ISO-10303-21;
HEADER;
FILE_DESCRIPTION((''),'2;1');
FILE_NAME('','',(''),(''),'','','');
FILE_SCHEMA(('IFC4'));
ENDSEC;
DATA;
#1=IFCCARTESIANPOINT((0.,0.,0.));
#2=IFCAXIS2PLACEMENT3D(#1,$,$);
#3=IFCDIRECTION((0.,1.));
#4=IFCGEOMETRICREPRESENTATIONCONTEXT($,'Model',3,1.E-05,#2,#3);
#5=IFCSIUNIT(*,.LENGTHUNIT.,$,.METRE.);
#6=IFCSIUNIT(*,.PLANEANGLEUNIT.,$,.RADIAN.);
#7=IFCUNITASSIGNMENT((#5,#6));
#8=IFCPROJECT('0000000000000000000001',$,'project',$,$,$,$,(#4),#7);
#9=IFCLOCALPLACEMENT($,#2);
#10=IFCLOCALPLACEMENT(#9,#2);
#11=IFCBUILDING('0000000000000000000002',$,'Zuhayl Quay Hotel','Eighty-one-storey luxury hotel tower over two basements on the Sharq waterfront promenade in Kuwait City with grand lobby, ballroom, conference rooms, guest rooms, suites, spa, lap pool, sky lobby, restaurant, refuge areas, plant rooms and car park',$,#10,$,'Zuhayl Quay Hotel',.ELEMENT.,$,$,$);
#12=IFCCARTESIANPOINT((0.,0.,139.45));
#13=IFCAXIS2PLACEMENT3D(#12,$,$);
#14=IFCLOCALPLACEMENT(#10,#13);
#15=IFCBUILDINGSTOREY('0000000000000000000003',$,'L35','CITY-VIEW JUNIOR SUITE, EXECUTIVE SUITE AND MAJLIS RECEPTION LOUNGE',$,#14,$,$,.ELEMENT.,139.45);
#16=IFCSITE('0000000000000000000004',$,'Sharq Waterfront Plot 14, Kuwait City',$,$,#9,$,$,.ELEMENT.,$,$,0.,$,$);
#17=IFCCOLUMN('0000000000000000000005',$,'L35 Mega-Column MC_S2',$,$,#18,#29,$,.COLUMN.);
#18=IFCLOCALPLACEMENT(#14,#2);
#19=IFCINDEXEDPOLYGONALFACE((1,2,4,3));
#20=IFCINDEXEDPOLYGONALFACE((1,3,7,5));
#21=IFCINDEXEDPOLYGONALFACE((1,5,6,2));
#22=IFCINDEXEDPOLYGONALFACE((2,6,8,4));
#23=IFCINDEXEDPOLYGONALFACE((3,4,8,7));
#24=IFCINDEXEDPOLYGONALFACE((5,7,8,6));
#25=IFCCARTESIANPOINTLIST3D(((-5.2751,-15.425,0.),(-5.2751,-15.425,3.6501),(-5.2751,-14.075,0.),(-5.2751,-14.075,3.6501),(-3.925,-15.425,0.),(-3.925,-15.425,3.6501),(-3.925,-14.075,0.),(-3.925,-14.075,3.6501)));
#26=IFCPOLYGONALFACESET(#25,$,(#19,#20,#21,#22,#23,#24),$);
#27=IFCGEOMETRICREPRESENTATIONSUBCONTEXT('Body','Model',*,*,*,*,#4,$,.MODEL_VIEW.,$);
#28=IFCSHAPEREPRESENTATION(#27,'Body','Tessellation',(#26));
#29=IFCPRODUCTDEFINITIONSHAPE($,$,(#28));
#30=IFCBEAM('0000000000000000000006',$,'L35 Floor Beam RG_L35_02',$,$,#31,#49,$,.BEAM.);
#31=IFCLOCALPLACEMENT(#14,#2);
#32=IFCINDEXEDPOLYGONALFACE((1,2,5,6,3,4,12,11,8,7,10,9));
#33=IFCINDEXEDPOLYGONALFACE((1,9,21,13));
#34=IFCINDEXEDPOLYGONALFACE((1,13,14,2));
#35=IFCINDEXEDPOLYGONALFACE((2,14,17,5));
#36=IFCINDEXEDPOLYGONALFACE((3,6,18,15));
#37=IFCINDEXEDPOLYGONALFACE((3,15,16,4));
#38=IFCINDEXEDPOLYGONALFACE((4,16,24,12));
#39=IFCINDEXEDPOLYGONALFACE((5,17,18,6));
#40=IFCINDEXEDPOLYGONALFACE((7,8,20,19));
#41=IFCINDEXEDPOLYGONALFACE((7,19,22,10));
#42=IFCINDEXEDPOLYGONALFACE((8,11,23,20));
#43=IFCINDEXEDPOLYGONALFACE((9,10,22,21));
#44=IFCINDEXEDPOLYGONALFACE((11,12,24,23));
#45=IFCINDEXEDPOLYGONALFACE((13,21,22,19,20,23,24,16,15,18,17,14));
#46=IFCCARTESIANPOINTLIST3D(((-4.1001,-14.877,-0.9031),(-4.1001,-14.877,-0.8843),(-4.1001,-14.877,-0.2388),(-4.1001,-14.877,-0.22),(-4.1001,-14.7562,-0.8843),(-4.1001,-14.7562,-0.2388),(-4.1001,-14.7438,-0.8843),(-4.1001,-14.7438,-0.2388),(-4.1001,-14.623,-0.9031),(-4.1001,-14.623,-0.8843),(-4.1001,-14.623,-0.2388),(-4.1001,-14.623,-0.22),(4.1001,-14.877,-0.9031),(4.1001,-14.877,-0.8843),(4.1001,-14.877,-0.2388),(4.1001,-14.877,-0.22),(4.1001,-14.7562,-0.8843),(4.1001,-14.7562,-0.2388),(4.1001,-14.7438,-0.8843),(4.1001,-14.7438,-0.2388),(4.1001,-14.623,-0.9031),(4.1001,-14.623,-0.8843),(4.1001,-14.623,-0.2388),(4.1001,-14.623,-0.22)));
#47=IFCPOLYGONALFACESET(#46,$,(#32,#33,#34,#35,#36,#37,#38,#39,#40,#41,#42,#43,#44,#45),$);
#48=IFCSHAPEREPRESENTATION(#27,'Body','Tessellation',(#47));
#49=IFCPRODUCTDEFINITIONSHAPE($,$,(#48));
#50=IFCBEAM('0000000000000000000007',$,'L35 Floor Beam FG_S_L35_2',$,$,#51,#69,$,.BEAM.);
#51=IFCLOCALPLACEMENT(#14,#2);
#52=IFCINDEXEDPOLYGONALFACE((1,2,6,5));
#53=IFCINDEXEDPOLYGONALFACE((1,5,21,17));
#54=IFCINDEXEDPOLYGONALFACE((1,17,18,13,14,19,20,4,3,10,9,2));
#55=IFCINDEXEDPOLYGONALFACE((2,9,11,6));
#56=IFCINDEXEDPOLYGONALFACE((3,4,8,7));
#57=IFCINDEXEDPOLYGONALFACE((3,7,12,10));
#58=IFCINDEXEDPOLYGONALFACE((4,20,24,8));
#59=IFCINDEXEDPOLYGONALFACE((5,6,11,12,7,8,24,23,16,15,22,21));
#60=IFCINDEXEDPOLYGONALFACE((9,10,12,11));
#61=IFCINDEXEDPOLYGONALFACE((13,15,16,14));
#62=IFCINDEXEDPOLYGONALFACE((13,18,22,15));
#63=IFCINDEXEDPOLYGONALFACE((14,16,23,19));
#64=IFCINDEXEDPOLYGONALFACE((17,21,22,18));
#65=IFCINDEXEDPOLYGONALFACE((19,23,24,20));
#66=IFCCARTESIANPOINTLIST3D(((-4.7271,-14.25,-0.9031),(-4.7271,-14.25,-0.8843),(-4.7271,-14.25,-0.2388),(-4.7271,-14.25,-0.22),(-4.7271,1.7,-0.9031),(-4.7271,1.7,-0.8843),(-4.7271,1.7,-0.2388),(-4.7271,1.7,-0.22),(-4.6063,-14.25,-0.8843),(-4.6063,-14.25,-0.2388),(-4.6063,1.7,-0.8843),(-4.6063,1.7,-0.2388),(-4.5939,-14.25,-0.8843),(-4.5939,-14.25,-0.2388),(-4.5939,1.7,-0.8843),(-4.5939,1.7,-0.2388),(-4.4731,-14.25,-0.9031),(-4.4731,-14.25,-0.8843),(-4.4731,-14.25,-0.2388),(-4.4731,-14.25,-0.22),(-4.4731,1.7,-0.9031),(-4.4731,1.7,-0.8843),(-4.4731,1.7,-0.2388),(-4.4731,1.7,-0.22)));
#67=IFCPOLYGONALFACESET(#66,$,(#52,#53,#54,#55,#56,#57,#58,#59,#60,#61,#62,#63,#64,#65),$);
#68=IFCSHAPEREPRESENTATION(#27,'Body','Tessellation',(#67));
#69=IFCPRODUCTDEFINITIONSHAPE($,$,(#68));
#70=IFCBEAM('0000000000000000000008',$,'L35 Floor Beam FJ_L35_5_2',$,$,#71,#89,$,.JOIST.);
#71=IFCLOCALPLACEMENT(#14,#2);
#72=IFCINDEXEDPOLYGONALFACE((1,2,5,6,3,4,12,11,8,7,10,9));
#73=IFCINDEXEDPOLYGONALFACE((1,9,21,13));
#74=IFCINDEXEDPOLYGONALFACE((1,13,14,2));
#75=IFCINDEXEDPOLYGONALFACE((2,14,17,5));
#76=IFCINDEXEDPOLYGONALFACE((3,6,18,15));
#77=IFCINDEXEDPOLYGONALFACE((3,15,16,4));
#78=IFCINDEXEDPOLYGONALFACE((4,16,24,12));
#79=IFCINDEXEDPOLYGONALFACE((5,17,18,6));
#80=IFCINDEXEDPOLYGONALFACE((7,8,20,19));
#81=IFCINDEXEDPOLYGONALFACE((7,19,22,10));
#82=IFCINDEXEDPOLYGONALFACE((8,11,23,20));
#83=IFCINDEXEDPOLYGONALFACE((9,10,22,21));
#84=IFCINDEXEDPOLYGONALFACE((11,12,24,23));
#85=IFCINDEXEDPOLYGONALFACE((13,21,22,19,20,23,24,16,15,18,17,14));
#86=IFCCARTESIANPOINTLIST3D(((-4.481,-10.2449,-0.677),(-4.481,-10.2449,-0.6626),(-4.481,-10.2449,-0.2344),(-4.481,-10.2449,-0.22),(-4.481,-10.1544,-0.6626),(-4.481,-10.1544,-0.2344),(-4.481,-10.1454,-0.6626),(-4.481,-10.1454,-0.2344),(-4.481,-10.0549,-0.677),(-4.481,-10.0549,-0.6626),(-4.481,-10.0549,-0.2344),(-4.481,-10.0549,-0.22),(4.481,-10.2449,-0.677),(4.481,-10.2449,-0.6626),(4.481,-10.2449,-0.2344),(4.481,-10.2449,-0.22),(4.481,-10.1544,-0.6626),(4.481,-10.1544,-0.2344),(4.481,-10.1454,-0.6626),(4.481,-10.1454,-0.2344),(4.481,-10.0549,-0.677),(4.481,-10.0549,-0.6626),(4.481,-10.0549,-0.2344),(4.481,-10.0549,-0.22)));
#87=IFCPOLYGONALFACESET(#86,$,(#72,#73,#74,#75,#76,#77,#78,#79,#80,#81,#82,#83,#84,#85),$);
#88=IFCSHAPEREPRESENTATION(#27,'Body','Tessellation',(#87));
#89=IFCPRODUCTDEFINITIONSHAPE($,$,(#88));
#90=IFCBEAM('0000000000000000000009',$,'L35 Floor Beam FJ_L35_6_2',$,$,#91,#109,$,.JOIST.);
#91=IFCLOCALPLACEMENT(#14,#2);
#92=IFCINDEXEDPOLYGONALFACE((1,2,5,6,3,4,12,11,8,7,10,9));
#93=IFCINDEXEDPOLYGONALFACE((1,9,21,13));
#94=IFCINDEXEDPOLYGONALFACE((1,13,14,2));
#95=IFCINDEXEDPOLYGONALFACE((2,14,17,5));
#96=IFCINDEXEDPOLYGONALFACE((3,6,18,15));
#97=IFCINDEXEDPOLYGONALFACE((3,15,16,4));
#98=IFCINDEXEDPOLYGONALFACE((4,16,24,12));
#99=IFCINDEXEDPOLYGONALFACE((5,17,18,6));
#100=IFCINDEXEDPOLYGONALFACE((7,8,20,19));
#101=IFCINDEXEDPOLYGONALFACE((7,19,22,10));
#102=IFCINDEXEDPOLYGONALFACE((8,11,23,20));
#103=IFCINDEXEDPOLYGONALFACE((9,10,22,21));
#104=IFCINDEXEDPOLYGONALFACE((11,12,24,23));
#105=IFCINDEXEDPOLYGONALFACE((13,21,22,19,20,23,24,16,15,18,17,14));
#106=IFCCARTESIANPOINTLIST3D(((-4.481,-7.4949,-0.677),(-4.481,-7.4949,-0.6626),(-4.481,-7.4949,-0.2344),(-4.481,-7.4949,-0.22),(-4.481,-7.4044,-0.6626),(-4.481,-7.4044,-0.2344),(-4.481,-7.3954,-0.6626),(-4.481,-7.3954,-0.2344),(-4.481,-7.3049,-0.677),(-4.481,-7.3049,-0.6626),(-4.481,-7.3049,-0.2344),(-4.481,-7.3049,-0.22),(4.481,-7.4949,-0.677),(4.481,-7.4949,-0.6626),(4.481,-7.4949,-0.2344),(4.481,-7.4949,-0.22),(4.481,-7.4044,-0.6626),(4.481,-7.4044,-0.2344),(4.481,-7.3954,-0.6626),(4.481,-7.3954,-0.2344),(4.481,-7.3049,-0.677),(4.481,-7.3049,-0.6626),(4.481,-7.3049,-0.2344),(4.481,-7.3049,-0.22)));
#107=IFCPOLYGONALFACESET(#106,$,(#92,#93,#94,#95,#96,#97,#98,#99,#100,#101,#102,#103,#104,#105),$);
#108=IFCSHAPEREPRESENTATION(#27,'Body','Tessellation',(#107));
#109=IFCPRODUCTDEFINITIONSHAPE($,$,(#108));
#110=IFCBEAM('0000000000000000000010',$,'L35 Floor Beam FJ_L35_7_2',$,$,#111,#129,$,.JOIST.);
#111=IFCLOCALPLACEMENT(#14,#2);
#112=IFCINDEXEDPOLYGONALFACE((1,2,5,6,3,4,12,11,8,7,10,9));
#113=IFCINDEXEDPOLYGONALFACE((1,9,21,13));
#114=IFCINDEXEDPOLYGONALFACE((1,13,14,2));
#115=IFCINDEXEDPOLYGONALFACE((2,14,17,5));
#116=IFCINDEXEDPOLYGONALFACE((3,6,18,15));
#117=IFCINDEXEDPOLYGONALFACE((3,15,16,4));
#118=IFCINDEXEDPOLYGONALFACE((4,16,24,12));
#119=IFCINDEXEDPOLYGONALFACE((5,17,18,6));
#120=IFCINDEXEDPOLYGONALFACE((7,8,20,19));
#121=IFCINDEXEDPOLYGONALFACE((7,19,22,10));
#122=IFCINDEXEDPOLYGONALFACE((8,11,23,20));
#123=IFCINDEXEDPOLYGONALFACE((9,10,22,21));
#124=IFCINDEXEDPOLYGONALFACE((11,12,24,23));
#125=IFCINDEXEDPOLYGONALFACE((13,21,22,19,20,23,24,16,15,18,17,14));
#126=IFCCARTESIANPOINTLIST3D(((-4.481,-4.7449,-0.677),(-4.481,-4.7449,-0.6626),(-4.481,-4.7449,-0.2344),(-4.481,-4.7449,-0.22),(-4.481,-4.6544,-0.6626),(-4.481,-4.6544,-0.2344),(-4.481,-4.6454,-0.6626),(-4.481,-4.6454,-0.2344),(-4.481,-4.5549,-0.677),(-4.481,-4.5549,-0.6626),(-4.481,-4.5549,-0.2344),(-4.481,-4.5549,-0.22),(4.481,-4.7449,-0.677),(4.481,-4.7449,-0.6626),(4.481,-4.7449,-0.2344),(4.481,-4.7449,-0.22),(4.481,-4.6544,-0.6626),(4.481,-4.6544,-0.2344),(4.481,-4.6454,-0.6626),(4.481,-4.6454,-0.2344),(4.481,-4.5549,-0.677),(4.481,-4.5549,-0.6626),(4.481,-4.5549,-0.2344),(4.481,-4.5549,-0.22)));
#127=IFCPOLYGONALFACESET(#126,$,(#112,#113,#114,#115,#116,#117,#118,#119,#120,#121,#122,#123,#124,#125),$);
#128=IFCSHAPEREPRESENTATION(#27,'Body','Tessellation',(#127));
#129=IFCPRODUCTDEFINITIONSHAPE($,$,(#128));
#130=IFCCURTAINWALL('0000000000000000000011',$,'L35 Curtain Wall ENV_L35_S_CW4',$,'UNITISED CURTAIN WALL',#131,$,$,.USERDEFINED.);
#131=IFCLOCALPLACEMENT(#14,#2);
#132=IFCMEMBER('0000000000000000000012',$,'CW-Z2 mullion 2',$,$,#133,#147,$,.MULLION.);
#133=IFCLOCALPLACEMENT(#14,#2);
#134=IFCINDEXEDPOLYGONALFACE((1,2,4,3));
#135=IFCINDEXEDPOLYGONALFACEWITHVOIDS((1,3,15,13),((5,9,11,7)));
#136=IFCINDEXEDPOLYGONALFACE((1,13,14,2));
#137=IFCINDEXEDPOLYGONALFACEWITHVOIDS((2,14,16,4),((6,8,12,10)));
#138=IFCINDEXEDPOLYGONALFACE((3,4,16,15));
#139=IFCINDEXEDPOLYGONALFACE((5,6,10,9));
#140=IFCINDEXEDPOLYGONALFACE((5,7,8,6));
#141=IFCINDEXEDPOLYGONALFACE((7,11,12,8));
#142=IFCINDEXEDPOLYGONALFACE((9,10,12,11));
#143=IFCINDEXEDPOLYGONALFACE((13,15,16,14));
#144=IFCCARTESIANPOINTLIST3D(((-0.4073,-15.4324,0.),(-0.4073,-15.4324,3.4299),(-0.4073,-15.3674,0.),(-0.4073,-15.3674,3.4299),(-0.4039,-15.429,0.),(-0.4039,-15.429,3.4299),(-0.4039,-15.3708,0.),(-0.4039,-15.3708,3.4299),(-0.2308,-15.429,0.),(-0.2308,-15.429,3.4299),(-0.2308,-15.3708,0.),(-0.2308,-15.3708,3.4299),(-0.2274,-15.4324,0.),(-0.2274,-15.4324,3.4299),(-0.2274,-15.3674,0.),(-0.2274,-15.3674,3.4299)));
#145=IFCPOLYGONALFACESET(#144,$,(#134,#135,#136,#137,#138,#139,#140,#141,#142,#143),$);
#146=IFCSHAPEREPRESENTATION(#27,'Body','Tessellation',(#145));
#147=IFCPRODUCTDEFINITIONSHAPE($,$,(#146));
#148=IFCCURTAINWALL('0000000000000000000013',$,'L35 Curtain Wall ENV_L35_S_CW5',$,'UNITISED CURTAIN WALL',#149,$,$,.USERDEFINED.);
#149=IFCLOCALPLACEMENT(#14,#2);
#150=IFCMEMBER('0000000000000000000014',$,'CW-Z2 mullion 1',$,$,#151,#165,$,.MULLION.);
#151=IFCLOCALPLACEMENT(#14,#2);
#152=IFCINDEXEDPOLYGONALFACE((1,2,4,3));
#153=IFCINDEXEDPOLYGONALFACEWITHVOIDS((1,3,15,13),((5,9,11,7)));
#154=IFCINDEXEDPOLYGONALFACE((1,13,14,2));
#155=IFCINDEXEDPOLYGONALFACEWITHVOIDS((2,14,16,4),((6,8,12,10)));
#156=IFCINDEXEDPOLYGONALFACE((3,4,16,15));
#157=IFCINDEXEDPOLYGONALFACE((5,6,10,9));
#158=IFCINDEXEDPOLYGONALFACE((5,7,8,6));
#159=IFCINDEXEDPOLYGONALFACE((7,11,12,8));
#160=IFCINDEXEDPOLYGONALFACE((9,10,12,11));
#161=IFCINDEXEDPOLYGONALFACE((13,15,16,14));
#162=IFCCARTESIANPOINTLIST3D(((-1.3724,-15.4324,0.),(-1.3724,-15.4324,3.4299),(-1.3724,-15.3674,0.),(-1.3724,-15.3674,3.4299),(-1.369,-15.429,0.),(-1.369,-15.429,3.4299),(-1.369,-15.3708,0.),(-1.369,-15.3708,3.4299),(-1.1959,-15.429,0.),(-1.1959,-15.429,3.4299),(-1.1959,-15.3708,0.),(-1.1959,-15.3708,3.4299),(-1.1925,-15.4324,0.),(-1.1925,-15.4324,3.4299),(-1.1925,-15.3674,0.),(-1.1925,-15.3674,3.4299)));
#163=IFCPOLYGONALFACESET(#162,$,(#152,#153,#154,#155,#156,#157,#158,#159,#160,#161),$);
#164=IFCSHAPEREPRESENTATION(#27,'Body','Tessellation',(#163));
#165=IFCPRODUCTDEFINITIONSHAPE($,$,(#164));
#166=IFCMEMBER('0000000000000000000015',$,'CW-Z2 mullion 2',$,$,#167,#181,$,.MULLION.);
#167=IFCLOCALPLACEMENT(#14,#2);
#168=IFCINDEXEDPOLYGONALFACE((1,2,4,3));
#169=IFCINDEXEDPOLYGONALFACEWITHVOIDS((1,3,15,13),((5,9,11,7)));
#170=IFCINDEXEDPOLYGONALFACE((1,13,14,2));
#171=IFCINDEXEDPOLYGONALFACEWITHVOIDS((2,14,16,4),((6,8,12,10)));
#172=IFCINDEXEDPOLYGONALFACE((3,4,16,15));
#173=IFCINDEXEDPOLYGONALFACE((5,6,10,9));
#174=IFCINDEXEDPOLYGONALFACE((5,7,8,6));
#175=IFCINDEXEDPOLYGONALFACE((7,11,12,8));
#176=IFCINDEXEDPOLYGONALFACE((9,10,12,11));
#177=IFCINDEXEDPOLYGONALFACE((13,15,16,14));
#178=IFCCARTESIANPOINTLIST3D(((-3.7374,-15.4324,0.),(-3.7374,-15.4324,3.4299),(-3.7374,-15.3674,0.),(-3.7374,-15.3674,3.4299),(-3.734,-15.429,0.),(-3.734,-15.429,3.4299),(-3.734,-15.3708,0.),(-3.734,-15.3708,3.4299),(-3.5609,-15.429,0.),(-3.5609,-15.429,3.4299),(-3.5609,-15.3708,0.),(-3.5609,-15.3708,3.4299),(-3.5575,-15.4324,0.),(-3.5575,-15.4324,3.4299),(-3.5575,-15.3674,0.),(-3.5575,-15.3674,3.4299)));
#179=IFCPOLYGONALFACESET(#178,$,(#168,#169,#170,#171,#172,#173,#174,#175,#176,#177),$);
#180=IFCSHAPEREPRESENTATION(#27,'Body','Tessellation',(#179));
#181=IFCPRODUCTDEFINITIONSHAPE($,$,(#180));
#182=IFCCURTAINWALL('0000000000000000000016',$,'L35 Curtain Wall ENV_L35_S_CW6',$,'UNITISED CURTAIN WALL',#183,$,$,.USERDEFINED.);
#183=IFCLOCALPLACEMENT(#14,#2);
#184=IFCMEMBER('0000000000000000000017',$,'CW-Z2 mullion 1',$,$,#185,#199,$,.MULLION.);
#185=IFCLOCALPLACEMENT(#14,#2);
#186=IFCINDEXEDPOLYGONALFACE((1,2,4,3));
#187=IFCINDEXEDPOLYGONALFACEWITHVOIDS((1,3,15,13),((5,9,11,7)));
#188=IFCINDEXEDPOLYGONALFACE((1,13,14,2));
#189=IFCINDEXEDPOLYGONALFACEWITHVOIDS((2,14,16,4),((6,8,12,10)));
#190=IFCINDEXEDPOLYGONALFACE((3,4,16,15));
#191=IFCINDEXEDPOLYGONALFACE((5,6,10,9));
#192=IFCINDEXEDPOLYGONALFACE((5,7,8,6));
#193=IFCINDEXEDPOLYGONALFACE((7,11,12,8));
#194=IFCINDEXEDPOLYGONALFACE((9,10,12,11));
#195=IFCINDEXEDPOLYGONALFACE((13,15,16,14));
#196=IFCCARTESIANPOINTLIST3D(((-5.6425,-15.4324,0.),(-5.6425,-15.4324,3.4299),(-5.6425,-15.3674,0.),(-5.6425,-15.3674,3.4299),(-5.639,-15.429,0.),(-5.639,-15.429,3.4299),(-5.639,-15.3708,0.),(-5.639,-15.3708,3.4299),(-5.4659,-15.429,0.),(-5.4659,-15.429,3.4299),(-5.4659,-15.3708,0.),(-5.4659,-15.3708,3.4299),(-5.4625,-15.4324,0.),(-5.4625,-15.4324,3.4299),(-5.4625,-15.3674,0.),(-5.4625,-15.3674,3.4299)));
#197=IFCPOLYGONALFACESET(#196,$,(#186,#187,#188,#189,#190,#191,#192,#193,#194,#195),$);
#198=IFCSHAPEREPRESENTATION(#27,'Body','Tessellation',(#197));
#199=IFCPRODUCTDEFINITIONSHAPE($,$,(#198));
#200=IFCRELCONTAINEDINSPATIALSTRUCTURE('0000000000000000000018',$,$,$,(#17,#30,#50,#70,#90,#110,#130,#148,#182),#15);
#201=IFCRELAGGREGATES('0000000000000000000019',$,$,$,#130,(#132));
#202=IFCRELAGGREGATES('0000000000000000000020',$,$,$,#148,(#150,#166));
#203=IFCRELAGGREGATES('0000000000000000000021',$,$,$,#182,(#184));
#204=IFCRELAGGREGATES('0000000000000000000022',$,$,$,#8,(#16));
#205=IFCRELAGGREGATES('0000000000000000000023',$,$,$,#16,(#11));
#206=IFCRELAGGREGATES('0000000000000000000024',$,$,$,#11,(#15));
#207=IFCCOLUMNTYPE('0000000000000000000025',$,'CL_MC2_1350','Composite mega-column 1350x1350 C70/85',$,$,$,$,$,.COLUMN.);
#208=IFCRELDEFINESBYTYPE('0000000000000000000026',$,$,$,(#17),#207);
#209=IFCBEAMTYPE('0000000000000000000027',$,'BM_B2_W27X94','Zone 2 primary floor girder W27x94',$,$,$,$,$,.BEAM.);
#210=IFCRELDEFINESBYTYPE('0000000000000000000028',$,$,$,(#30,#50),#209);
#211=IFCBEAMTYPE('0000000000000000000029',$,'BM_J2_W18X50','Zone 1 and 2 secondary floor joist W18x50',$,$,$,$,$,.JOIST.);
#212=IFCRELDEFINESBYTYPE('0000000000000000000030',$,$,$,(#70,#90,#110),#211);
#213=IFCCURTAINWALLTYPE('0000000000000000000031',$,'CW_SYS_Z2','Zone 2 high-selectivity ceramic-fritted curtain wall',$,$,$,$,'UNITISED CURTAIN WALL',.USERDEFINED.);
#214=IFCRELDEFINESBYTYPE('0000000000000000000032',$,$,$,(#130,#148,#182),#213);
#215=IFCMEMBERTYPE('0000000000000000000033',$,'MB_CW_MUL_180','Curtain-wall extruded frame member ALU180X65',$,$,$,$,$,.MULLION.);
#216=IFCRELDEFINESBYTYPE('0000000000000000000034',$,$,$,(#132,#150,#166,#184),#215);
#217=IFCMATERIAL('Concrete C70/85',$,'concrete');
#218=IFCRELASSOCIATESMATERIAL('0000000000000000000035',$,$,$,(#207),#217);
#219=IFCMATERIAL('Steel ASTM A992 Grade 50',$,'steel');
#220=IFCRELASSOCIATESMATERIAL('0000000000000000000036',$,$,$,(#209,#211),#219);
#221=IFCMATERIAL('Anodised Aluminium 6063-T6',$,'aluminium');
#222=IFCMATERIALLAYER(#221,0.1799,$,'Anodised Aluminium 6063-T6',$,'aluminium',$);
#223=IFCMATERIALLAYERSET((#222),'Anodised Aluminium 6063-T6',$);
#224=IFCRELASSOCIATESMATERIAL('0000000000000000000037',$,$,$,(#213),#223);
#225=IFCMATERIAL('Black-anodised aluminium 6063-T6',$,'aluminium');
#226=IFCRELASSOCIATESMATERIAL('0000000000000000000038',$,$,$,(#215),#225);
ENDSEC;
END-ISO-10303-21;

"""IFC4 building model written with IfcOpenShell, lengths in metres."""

from ifc_helpers import new_model, si_unit, direction, frame, origin, origin_2d, place, context, subcontext, project, spatial, rectangle, hollow_rectangle, i_section, extrude, material, layer, layer_set, material_profile, profile_set, type_object, element, aggregate, save


model = new_model("IFC4")

# Units and contexts
model_context = context("Model", 3, precision=1e-05, world=origin(), true_north=direction((0.0, 1.0)))
body_context = subcontext(model_context, "Body", "Model", "MODEL_VIEW")
ifc_project = project(units=[si_unit("LENGTHUNIT", "METRE"), si_unit("PLANEANGLEUNIT", "RADIAN")], contexts=[model_context])

# Site, building, storey
site_placement = place(None, origin())
site = spatial("IfcSite", under=ifc_project, at=site_placement, Name="Sharq Waterfront Plot 14, Kuwait City", CompositionType="ELEMENT", RefElevation=0.0)
building_placement = place(site_placement, origin())
building = spatial("IfcBuilding", under=site, at=building_placement, Name="Zuhayl Quay Hotel", Description="Eighty-one-storey luxury hotel tower over two basements on the Sharq waterfront promenade in Kuwait City with grand lobby, ballroom, conference rooms, guest rooms, suites, spa, lap pool, sky lobby, restaurant, refuge areas, plant rooms and car park", LongName="Zuhayl Quay Hotel", CompositionType="ELEMENT")
storey_placement = place(building_placement, frame((0.0, 0.0, 139.45)))
storey = spatial("IfcBuildingStorey", under=building, at=storey_placement, Name="L35", Description="CITY-VIEW JUNIOR SUITE, EXECUTIVE SUITE AND MAJLIS RECEPTION LOUNGE", CompositionType="ELEMENT", Elevation=139.45)

# Column
ifc_material_1 = material(Name="Concrete C70/85", Category="concrete")
ifc_material_profile_1 = material_profile(ifc_material_1, rectangle(XDim=1.3501, YDim=1.3501, at=origin_2d()), Name="RC1350X1350")
ifc_profile_set_1 = profile_set([ifc_material_profile_1], Name="Concrete C70/85")
column_type = type_object("IfcColumnType", Name="CL_MC2_1350", Description="Composite mega-column 1350x1350 C70/85", PredefinedType="COLUMN", material=ifc_profile_set_1)
column_placement = place(storey_placement, frame((-4.6001, -14.75, 0.0), z_axis=(0.0, 0.0, 1.0), x_axis=(1.0, 0.0, 0.0)))
element("IfcColumn", 1, at=column_placement, inside=storey, type_object=column_type, Name="L35 Mega-Column MC_S2", PredefinedType="COLUMN", context=body_context, shape_type="SweptSolid", body=[
    extrude(rectangle(XDim=1.3501, YDim=1.3501, at=origin_2d()), origin(), (0.0, 0.0, 1.0), 3.6501),
])

# Beams
ifc_material_2 = material(Name="Steel ASTM A992 Grade 50", Category="steel")
ifc_material_profile_2 = material_profile(ifc_material_2, i_section(OverallWidth=0.2539, OverallDepth=0.6831, WebThickness=0.0125, FlangeThickness=0.0188, at=origin_2d()), Name="W27X94")
ifc_profile_set_2 = profile_set([ifc_material_profile_2], Name="Steel ASTM A992 Grade 50")
beam_type_1 = type_object("IfcBeamType", Name="BM_B2_W27X94", Description="Zone 2 primary floor girder W27x94", PredefinedType="BEAM", material=ifc_profile_set_2)
beam_1_placement = place(storey_placement, frame((-4.1001, -14.75, -0.5615), z_axis=(1.0, 0.0, 0.0), x_axis=(0.0, 1.0, 0.0)))
element("IfcBeam", 2, at=beam_1_placement, inside=storey, type_object=beam_type_1, Name="L35 Floor Beam RG_L35_02", PredefinedType="BEAM", context=body_context, shape_type="SweptSolid", body=[
    extrude(i_section(OverallWidth=0.2539, OverallDepth=0.6831, WebThickness=0.0125, FlangeThickness=0.0188, at=origin_2d()), origin(), (0.0, 0.0, 1.0), 8.2002),
])
beam_2_placement = place(storey_placement, frame((-4.6001, -14.25, -0.5615), z_axis=(0.0, 1.0, 0.0), x_axis=(-1.0, 0.0, 0.0)))
element("IfcBeam", 3, at=beam_2_placement, inside=storey, type_object=beam_type_1, Name="L35 Floor Beam FG_S_L35_2", PredefinedType="BEAM", context=body_context, shape_type="SweptSolid", body=[
    extrude(i_section(OverallWidth=0.2539, OverallDepth=0.6831, WebThickness=0.0125, FlangeThickness=0.0188, at=origin_2d()), origin(), (0.0, 0.0, 1.0), 15.95),
])
ifc_material_profile_3 = material_profile(ifc_material_2, i_section(OverallWidth=0.1899, OverallDepth=0.457, WebThickness=0.009, FlangeThickness=0.0144, at=origin_2d()), Name="W18X50")
ifc_profile_set_3 = profile_set([ifc_material_profile_3], Name="Steel ASTM A992 Grade 50")
beam_type_2 = type_object("IfcBeamType", Name="BM_J2_W18X50", Description="Zone 1 and 2 secondary floor joist W18x50", PredefinedType="JOIST", material=ifc_profile_set_3)
for number, where, z_axis, x_axis, name in (
    (4, (-4.481, -10.1499, -0.4485), (1.0, 0.0, 0.0), (0.0, 1.0, 0.0), "L35 Floor Beam FJ_L35_5_2"),
    (5, (-4.481, -7.3999, -0.4485), (1.0, 0.0, 0.0), (0.0, 1.0, 0.0), "L35 Floor Beam FJ_L35_6_2"),
    (6, (-4.481, -4.6499, -0.4485), (1.0, 0.0, 0.0), (0.0, 1.0, 0.0), "L35 Floor Beam FJ_L35_7_2"),
):
    element("IfcBeam", number, at=place(storey_placement, frame(where, z_axis=z_axis, x_axis=x_axis)), inside=storey, type_object=beam_type_2, Name=name, PredefinedType="JOIST", context=body_context, shape_type="SweptSolid", body=[
        extrude(i_section(OverallWidth=0.1899, OverallDepth=0.457, WebThickness=0.009, FlangeThickness=0.0144, at=origin_2d()), origin(), (0.0, 0.0, 1.0), 8.9619),
    ])

# Curtain wall, member
ifc_material_3 = material(Name="Anodised Aluminium 6063-T6", Category="aluminium")
ifc_layer_1 = layer(ifc_material_3, 0.1799, Name="Anodised Aluminium 6063-T6", Category="aluminium")
ifc_layer_set_1 = layer_set([ifc_layer_1], Name="Anodised Aluminium 6063-T6")
curtain_wall_type = type_object("IfcCurtainWallType", Name="CW_SYS_Z2", Description="Zone 2 high-selectivity ceramic-fritted curtain wall", ElementType="UNITISED CURTAIN WALL", PredefinedType="USERDEFINED", material=ifc_layer_set_1)
curtain_wall_1_placement = place(storey_placement, origin())
curtain_wall_1 = element("IfcCurtainWall", 7, at=curtain_wall_1_placement, inside=storey, type_object=curtain_wall_type, Name="L35 Curtain Wall ENV_L35_S_CW4", ObjectType="UNITISED CURTAIN WALL", PredefinedType="USERDEFINED")
ifc_material_4 = material(Name="Black-anodised aluminium 6063-T6", Category="aluminium")
ifc_material_profile_4 = material_profile(ifc_material_4, hollow_rectangle(XDim=0.0649, YDim=0.1799, WallThickness=0.0034, at=origin_2d()), Name="ALU180X65")
ifc_profile_set_4 = profile_set([ifc_material_profile_4], Name="Black-anodised aluminium 6063-T6")
member_type_1 = type_object("IfcMemberType", Name="MB_CW_MUL_180", Description="Curtain-wall extruded frame member ALU180X65", PredefinedType="MULLION", material=ifc_profile_set_4)
member_1_placement = place(storey_placement, frame((-0.3174, -15.3999, 0.0), z_axis=(0.0, 0.0, 1.0), x_axis=(0.0, -1.0, 0.0)))
member_1 = element("IfcMember", 8, at=member_1_placement, type_object=member_type_1, Name="CW-Z2 mullion 2", PredefinedType="MULLION", context=body_context, shape_type="SweptSolid", body=[
    extrude(hollow_rectangle(XDim=0.0649, YDim=0.1799, WallThickness=0.0034, at=origin_2d()), origin(), (0.0, 0.0, 1.0), 3.4299),
])
aggregate(curtain_wall_1, [member_1])

# Curtain walls, members
curtain_wall_2_placement = place(storey_placement, origin())
curtain_wall_2 = element("IfcCurtainWall", 9, at=curtain_wall_2_placement, inside=storey, type_object=curtain_wall_type, Name="L35 Curtain Wall ENV_L35_S_CW5", ObjectType="UNITISED CURTAIN WALL", PredefinedType="USERDEFINED")
member_2_placement = place(storey_placement, frame((-1.2825, -15.3999, 0.0), z_axis=(0.0, 0.0, 1.0), x_axis=(0.0, -1.0, 0.0)))
member_2 = element("IfcMember", 10, at=member_2_placement, type_object=member_type_1, Name="CW-Z2 mullion 1", PredefinedType="MULLION", context=body_context, shape_type="SweptSolid", body=[
    extrude(hollow_rectangle(XDim=0.0649, YDim=0.1799, WallThickness=0.0034, at=origin_2d()), origin(), (0.0, 0.0, 1.0), 3.4299),
])
member_3_placement = place(storey_placement, frame((-3.6475, -15.3999, 0.0), z_axis=(0.0, 0.0, 1.0), x_axis=(0.0, -1.0, 0.0)))
member_3 = element("IfcMember", 11, at=member_3_placement, type_object=member_type_1, Name="CW-Z2 mullion 2", PredefinedType="MULLION", context=body_context, shape_type="SweptSolid", body=[
    extrude(hollow_rectangle(XDim=0.0649, YDim=0.1799, WallThickness=0.0034, at=origin_2d()), origin(), (0.0, 0.0, 1.0), 3.4299),
])
curtain_wall_3_placement = place(storey_placement, origin())
curtain_wall_3 = element("IfcCurtainWall", 12, at=curtain_wall_3_placement, inside=storey, type_object=curtain_wall_type, Name="L35 Curtain Wall ENV_L35_S_CW6", ObjectType="UNITISED CURTAIN WALL", PredefinedType="USERDEFINED")
member_4_placement = place(storey_placement, frame((-5.5525, -15.3999, 0.0), z_axis=(0.0, 0.0, 1.0), x_axis=(0.0, -1.0, 0.0)))
member_4 = element("IfcMember", 13, at=member_4_placement, type_object=member_type_1, Name="CW-Z2 mullion 1", PredefinedType="MULLION", context=body_context, shape_type="SweptSolid", body=[
    extrude(hollow_rectangle(XDim=0.0649, YDim=0.1799, WallThickness=0.0034, at=origin_2d()), origin(), (0.0, 0.0, 1.0), 3.4299),
])

aggregate(curtain_wall_2, [member_2, member_3])
aggregate(curtain_wall_3, [member_4])

save(model, "model.ifc")
